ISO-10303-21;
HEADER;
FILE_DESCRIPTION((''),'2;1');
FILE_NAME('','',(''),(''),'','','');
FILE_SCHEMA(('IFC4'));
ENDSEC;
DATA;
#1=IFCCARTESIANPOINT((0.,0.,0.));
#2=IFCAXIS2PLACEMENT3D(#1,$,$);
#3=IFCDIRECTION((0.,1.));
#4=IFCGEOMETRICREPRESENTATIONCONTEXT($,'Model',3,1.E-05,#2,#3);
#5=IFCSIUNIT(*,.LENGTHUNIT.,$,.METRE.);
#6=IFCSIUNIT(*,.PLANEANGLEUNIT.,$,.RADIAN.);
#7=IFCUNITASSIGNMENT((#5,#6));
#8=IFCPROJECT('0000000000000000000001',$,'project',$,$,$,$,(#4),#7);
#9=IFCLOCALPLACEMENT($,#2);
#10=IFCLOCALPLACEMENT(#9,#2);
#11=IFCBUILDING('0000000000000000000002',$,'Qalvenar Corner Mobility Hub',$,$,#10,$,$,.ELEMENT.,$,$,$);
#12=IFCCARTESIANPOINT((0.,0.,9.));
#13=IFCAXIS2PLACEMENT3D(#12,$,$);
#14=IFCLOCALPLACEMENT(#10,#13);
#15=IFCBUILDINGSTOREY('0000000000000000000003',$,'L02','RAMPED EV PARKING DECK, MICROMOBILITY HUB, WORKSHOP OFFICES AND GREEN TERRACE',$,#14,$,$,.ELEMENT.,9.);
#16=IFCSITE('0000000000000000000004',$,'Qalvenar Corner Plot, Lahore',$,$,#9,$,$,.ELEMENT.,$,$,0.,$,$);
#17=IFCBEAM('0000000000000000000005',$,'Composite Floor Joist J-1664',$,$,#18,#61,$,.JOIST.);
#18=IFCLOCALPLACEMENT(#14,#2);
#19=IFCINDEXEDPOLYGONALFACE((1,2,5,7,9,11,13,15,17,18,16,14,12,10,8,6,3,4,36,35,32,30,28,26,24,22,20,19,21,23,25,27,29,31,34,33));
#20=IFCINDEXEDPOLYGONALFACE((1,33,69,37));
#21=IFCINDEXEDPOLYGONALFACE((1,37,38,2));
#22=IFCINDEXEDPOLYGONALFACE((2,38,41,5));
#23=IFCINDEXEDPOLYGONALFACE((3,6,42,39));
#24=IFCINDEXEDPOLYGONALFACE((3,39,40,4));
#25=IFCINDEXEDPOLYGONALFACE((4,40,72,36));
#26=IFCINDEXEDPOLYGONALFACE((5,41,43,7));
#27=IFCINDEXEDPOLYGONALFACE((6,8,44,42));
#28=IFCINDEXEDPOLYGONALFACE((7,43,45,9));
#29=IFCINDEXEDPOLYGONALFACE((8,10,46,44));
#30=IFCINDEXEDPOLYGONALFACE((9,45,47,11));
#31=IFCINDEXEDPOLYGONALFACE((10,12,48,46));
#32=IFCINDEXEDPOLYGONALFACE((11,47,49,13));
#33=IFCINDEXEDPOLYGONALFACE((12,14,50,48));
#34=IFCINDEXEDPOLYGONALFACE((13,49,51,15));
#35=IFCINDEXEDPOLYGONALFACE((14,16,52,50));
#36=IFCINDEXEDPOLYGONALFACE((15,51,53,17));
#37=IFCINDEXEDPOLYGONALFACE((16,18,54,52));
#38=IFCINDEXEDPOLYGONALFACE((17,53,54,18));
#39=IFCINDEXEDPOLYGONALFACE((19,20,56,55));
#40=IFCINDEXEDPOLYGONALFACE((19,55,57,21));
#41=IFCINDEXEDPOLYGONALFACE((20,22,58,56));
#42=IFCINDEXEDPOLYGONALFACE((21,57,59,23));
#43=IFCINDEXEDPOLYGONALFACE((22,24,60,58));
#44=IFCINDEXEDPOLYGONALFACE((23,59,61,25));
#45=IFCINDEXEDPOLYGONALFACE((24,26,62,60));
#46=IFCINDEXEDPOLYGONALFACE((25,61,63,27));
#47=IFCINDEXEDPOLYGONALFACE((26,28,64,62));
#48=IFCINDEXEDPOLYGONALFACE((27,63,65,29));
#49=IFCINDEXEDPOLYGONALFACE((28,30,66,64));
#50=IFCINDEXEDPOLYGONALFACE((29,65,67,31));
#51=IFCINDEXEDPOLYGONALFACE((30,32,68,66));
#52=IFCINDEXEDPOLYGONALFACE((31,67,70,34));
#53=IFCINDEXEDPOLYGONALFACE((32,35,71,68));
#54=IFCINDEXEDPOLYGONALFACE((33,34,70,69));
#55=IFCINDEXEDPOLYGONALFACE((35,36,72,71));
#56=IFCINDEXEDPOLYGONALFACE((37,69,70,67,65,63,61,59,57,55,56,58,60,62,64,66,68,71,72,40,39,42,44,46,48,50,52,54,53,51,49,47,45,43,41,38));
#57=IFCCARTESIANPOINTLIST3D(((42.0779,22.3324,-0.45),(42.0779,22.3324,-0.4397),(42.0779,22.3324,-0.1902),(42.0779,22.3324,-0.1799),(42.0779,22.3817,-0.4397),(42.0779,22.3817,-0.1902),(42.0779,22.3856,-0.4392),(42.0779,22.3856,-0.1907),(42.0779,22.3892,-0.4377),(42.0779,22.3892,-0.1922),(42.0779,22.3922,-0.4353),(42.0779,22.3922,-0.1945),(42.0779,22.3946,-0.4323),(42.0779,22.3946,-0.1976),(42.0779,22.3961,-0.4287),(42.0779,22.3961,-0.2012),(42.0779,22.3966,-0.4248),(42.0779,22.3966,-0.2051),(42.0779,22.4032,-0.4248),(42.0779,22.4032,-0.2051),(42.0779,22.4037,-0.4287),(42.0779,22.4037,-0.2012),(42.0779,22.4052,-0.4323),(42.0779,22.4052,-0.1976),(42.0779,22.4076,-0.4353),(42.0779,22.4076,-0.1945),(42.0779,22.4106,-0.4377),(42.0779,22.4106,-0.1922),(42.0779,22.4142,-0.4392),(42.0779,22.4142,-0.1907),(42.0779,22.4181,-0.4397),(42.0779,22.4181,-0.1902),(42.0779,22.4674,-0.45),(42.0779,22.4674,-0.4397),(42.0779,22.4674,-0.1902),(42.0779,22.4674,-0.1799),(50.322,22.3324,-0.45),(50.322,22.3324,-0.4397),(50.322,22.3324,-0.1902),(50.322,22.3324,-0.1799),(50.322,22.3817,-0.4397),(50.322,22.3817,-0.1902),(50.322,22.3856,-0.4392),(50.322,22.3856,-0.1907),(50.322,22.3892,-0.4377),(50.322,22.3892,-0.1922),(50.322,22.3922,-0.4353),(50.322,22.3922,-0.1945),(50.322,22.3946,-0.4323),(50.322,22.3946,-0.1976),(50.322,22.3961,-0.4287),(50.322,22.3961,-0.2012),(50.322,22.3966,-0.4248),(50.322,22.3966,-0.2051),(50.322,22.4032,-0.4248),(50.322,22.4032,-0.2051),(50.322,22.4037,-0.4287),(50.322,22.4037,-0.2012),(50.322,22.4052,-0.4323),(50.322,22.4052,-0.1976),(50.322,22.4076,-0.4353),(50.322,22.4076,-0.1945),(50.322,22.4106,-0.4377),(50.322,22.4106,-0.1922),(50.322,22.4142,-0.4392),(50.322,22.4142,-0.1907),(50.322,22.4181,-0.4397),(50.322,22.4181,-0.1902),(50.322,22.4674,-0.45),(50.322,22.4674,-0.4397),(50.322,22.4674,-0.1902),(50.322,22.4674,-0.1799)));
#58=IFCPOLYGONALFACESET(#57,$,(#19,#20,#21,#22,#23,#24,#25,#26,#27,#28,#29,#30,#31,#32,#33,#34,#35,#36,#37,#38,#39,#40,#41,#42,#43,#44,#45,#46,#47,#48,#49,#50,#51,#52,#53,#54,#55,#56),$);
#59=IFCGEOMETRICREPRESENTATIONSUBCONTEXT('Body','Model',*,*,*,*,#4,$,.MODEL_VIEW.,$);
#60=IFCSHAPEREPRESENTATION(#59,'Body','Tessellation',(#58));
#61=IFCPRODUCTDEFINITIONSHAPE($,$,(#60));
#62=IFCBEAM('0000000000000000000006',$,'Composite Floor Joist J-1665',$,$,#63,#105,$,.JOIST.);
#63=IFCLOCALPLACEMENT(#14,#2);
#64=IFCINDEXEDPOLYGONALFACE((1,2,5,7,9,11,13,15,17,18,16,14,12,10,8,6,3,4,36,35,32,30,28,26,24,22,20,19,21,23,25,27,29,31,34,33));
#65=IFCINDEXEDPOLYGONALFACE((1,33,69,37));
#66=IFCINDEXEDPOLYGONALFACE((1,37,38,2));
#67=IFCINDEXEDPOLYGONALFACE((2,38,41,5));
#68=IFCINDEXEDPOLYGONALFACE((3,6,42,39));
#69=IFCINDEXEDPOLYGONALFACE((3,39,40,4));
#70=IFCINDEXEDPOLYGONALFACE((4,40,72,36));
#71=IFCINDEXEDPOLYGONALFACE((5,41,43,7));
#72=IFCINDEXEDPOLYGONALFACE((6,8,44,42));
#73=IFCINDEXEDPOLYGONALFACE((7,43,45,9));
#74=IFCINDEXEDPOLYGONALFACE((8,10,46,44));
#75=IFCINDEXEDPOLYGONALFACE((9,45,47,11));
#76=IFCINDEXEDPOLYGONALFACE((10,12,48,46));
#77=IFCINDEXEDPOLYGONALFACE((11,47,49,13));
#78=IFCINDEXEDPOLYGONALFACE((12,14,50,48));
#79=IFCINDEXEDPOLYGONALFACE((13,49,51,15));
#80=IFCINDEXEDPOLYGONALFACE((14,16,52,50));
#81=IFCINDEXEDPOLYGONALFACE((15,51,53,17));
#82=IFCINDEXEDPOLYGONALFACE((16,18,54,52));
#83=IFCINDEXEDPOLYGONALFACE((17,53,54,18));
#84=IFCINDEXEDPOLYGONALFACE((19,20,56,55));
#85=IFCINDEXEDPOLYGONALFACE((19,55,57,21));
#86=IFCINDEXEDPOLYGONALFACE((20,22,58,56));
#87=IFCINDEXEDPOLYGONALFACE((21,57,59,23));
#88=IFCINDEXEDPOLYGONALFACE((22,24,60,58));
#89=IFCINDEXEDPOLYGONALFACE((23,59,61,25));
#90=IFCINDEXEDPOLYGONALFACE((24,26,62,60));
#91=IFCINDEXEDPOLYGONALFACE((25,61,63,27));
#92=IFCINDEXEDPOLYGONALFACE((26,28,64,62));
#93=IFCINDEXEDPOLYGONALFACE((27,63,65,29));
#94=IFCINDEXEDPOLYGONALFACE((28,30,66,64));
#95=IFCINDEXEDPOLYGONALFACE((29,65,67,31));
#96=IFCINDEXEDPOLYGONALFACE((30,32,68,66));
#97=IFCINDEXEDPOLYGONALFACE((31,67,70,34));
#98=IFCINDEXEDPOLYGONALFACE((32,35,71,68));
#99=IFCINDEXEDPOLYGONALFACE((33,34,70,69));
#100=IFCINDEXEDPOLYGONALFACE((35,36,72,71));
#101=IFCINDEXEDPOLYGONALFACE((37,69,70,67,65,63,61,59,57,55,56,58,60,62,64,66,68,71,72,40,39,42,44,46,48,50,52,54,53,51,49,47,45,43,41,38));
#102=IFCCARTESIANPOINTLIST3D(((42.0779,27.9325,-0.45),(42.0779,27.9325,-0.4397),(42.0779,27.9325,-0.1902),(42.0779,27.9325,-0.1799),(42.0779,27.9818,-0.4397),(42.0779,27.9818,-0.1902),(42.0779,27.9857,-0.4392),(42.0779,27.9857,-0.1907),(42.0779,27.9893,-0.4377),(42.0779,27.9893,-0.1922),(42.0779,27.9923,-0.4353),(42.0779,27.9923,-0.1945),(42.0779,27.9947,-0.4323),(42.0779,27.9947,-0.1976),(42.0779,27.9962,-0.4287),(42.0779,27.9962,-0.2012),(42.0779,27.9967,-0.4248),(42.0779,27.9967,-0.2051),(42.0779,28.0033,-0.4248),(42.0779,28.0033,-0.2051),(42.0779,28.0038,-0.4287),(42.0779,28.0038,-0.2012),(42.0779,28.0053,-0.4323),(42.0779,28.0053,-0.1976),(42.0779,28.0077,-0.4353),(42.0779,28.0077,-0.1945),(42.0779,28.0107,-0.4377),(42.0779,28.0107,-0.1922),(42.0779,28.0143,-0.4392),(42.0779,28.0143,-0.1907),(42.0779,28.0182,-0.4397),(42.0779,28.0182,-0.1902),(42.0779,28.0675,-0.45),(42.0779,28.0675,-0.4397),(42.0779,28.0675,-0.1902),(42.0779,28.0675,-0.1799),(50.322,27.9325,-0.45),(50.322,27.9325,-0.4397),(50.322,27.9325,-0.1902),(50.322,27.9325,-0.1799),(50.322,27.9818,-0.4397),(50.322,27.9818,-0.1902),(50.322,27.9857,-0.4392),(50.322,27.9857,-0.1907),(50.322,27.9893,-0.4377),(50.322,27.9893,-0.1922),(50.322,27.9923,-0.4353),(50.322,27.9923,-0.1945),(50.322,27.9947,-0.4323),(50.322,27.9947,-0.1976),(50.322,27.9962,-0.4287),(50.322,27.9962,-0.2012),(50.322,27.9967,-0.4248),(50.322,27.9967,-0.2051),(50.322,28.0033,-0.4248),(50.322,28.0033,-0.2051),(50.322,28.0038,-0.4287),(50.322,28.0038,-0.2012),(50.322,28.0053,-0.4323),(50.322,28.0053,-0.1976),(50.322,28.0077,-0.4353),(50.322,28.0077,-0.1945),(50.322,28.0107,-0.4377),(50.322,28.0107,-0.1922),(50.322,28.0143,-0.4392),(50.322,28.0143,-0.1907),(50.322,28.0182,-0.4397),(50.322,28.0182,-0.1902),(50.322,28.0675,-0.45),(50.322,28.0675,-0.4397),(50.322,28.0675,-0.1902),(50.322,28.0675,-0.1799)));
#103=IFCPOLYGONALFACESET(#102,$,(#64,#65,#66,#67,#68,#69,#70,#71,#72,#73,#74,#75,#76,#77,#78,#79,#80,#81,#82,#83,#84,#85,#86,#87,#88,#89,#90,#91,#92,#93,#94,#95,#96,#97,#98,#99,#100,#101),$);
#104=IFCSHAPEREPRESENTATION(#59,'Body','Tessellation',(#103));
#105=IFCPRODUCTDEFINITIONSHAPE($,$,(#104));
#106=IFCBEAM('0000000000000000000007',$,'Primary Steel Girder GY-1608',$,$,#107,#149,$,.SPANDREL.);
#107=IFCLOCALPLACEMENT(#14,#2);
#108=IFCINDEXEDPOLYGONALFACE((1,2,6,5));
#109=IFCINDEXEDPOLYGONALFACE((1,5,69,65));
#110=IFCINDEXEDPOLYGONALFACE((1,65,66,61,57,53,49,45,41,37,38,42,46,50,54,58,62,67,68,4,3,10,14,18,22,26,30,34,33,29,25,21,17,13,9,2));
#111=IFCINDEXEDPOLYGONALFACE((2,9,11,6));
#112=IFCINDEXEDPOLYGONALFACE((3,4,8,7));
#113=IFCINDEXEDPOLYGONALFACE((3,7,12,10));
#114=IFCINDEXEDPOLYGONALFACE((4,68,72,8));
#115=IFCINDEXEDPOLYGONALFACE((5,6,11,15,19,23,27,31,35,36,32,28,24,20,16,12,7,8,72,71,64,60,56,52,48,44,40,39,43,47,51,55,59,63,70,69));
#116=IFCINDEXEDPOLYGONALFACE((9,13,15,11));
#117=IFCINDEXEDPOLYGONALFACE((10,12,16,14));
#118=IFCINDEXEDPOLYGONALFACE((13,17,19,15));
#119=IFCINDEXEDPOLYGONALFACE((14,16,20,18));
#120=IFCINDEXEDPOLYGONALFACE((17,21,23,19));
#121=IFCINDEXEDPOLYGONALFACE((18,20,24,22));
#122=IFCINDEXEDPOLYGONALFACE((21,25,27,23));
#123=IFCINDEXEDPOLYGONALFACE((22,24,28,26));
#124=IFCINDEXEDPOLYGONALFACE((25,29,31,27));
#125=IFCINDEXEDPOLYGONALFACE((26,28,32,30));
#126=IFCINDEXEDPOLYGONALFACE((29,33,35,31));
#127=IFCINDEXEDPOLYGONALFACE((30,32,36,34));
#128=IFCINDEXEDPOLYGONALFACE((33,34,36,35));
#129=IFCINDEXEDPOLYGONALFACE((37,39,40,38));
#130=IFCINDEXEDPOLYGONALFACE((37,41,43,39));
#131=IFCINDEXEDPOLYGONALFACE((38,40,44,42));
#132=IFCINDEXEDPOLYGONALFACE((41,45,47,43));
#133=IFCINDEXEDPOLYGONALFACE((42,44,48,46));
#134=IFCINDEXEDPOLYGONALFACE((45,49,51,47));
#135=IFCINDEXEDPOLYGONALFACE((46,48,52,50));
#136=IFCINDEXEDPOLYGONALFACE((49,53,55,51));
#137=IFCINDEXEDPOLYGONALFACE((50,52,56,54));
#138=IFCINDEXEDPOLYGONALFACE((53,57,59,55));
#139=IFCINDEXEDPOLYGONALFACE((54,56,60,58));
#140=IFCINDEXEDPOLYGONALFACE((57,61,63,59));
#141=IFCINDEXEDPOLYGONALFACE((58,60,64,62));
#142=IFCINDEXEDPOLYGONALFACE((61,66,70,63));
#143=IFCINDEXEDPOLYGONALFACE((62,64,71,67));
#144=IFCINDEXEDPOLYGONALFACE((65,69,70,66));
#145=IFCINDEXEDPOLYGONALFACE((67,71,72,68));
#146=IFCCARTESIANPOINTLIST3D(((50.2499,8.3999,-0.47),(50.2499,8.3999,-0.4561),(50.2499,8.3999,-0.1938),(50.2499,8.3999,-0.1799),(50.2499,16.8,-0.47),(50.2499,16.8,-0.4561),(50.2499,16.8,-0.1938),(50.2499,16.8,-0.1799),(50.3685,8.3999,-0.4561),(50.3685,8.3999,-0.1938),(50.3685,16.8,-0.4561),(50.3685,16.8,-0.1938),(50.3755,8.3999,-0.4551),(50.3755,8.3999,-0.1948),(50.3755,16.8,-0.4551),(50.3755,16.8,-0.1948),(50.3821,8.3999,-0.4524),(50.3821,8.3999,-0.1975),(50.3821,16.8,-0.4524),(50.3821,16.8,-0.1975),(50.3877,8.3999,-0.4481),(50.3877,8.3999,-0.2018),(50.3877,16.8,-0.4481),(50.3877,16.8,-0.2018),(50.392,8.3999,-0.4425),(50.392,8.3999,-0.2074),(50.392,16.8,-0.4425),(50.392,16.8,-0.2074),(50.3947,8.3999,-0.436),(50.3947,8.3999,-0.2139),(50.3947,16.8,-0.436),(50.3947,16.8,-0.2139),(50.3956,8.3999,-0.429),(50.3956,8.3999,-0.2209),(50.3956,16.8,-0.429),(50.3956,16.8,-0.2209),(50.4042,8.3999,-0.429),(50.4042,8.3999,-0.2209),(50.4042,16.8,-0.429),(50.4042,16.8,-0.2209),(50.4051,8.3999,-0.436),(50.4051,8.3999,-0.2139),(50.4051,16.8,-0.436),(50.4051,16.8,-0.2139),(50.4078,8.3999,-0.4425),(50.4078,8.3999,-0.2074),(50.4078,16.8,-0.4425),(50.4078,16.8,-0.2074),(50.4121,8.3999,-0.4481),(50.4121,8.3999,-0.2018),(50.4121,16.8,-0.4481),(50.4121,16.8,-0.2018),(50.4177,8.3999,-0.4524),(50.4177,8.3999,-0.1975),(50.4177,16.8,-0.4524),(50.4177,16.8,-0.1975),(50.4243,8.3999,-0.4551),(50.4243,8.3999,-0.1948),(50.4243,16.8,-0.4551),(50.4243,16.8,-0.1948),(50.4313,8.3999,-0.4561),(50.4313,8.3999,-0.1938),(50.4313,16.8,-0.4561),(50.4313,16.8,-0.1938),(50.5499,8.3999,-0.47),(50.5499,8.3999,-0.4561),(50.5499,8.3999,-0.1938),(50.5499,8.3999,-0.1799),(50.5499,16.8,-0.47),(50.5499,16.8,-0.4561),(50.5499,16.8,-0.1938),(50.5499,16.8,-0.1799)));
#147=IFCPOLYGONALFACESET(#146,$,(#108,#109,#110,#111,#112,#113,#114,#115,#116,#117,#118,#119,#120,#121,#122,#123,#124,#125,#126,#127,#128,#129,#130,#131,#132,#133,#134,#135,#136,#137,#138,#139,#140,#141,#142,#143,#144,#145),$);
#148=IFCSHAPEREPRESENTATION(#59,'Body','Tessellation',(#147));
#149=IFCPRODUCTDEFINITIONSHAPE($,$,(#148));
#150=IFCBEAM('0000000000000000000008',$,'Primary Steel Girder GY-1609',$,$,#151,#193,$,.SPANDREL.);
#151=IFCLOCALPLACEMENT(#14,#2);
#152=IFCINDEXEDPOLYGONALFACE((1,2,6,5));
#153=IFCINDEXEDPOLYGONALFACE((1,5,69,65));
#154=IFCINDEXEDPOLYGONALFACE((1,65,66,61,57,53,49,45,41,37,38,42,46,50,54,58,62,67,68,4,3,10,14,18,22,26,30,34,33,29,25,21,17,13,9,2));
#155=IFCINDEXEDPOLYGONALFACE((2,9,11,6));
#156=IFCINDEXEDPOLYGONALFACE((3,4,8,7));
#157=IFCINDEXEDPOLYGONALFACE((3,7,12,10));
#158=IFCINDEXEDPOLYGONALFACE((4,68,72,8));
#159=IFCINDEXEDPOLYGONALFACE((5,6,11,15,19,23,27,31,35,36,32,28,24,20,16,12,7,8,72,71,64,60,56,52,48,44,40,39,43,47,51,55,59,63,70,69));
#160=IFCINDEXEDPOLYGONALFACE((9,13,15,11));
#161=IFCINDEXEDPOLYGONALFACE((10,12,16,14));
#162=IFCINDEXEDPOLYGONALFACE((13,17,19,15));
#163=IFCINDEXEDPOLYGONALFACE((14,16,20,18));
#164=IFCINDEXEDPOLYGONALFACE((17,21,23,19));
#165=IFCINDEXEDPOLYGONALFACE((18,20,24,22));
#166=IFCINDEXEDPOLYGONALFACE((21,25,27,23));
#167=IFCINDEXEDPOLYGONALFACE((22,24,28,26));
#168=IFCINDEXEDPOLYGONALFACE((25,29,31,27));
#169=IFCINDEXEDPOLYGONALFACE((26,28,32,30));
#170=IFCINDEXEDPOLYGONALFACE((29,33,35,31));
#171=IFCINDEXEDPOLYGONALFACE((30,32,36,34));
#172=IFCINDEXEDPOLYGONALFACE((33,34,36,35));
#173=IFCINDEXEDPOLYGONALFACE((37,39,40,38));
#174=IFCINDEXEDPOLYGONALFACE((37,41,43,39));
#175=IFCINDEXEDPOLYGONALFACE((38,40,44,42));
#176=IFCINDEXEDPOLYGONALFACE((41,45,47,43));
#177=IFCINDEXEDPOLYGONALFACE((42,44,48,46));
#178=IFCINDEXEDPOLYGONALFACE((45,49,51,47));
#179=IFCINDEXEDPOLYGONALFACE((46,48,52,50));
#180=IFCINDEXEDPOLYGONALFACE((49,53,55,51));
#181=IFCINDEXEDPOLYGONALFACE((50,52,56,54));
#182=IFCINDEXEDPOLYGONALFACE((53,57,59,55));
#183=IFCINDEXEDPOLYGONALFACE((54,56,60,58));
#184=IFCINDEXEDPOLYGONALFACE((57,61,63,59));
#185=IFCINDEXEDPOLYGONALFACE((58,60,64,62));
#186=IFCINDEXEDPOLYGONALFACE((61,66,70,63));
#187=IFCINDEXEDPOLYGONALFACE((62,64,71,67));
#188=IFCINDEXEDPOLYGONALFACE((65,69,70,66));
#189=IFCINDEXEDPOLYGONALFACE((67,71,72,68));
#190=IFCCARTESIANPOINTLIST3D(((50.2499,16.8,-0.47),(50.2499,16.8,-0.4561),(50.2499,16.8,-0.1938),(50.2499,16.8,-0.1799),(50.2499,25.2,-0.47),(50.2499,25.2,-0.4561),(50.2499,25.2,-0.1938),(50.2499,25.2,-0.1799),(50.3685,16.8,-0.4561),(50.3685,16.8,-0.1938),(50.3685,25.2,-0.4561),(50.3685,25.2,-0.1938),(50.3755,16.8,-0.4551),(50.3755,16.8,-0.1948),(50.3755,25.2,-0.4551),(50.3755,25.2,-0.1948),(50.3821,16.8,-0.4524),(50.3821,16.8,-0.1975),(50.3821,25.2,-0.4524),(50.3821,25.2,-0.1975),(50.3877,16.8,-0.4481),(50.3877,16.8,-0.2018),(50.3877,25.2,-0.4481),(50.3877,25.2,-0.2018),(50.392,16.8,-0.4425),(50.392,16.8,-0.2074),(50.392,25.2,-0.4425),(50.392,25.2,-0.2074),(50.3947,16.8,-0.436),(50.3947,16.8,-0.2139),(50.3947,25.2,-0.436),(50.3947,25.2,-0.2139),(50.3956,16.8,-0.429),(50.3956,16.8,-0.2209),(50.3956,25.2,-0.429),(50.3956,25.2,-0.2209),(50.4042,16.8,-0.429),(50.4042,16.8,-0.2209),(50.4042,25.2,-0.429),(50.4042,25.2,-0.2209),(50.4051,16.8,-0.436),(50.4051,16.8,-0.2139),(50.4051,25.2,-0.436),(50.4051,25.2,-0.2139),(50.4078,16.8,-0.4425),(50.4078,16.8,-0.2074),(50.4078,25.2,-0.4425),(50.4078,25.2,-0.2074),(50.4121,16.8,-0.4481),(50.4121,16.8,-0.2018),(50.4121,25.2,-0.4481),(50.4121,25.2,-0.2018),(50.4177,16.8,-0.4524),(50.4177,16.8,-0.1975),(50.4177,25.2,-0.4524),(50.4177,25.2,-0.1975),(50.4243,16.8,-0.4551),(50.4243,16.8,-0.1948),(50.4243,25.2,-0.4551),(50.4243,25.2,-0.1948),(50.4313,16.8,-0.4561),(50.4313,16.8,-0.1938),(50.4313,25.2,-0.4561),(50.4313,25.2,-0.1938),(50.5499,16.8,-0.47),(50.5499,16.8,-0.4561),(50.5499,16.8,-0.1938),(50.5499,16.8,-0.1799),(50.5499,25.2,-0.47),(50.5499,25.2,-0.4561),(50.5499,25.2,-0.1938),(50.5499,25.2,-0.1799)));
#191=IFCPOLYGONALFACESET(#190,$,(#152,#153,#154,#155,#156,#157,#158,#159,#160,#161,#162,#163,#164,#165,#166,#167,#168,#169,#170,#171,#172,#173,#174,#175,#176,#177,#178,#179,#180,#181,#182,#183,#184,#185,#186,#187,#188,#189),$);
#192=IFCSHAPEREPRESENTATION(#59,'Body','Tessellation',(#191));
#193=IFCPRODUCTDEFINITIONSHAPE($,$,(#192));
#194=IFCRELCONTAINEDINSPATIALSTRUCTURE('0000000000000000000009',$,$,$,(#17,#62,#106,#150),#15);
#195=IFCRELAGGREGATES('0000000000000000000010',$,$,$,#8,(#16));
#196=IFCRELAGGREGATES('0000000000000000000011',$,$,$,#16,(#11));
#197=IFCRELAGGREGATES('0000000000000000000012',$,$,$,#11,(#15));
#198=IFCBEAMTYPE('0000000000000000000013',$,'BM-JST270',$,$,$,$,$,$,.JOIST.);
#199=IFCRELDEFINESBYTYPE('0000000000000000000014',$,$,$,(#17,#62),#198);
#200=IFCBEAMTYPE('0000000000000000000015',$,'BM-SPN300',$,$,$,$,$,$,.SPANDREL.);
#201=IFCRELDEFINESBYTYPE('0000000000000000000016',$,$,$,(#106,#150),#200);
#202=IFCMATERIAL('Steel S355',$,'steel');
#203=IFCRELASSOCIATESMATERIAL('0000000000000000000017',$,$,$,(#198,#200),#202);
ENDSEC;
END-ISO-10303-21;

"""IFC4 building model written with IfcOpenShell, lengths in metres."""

from ifc_helpers import new_model, si_unit, direction, frame, origin, origin_2d, place, context, subcontext, project, spatial, i_section, extrude, material, material_profile, profile_set, type_object, element, save


model = new_model("IFC4")

# Units and contexts
model_context = context("Model", 3, precision=1e-05, world=origin(), true_north=direction((0.0, 1.0)))
body_context = subcontext(model_context, "Body", "Model", "MODEL_VIEW")
ifc_project = project(units=[si_unit("LENGTHUNIT", "METRE"), si_unit("PLANEANGLEUNIT", "RADIAN")], contexts=[model_context])

# Site, building, storey
site_placement = place(None, origin())
site = spatial("IfcSite", under=ifc_project, at=site_placement, Name="Qalvenar Corner Plot, Lahore", CompositionType="ELEMENT", RefElevation=0.0)
building_placement = place(site_placement, origin())
building = spatial("IfcBuilding", under=site, at=building_placement, Name="Qalvenar Corner Mobility Hub", CompositionType="ELEMENT")
storey_placement = place(building_placement, frame((0.0, 0.0, 9.0)))
storey = spatial("IfcBuildingStorey", under=building, at=storey_placement, Name="L02", Description="RAMPED EV PARKING DECK, MICROMOBILITY HUB, WORKSHOP OFFICES AND GREEN TERRACE", CompositionType="ELEMENT", Elevation=9.0)

# Shared definitions
ifc_material_1 = material(Name="Steel S355", Category="steel")

# Beams
ifc_material_profile_1 = material_profile(ifc_material_1, i_section(OverallWidth=0.135, OverallDepth=0.27, WebThickness=0.0066, FlangeThickness=0.0103, FilletRadius=0.0149, at=origin_2d()), Name="IPE270")
ifc_profile_set_1 = profile_set([ifc_material_profile_1], Name="Steel S355")
beam_type_1 = type_object("IfcBeamType", Name="BM-JST270", PredefinedType="JOIST", material=ifc_profile_set_1)
for number, where, z_axis, x_axis, name in (
    (1, (42.0779, 22.3999, -0.3149), (1.0, 0.0, 0.0), (0.0, 1.0, 0.0), "Composite Floor Joist J-1664"),
    (2, (42.0779, 28.0, -0.3149), (1.0, 0.0, 0.0), (0.0, 1.0, 0.0), "Composite Floor Joist J-1665"),
):
    element("IfcBeam", number, at=place(storey_placement, frame(where, z_axis=z_axis, x_axis=x_axis)), inside=storey, type_object=beam_type_1, Name=name, PredefinedType="JOIST", context=body_context, shape_type="SweptSolid", body=[
        extrude(i_section(OverallWidth=0.135, OverallDepth=0.27, WebThickness=0.0066, FlangeThickness=0.0103, FilletRadius=0.0149, at=origin_2d()), origin(), (0.0, 0.0, 1.0), 8.2441),
    ])
ifc_material_profile_2 = material_profile(ifc_material_1, i_section(OverallWidth=0.3, OverallDepth=0.29, WebThickness=0.0085, FlangeThickness=0.0139, FilletRadius=0.0271, at=origin_2d()), Name="HEA300")
ifc_profile_set_2 = profile_set([ifc_material_profile_2], Name="Steel S355")
beam_type_2 = type_object("IfcBeamType", Name="BM-SPN300", PredefinedType="SPANDREL", material=ifc_profile_set_2)
beam_1_placement = place(storey_placement, frame((50.3999, 8.3999, -0.325), z_axis=(0.0, 1.0, 0.0), x_axis=(-1.0, 0.0, 0.0)))
element("IfcBeam", 3, at=beam_1_placement, inside=storey, type_object=beam_type_2, Name="Primary Steel Girder GY-1608", PredefinedType="SPANDREL", context=body_context, shape_type="SweptSolid", body=[
    extrude(i_section(OverallWidth=0.3, OverallDepth=0.29, WebThickness=0.0085, FlangeThickness=0.0139, FilletRadius=0.0271, at=origin_2d()), origin(), (0.0, 0.0, 1.0), 8.4001),
])
beam_2_placement = place(storey_placement, frame((50.3999, 16.8, -0.325), z_axis=(0.0, 1.0, 0.0), x_axis=(-1.0, 0.0, 0.0)))
element("IfcBeam", 4, at=beam_2_placement, inside=storey, type_object=beam_type_2, Name="Primary Steel Girder GY-1609", PredefinedType="SPANDREL", context=body_context, shape_type="SweptSolid", body=[
    extrude(i_section(OverallWidth=0.3, OverallDepth=0.29, WebThickness=0.0085, FlangeThickness=0.0139, FilletRadius=0.0271, at=origin_2d()), origin(), (0.0, 0.0, 1.0), 8.3999),
])

save(model, "model.ifc")
